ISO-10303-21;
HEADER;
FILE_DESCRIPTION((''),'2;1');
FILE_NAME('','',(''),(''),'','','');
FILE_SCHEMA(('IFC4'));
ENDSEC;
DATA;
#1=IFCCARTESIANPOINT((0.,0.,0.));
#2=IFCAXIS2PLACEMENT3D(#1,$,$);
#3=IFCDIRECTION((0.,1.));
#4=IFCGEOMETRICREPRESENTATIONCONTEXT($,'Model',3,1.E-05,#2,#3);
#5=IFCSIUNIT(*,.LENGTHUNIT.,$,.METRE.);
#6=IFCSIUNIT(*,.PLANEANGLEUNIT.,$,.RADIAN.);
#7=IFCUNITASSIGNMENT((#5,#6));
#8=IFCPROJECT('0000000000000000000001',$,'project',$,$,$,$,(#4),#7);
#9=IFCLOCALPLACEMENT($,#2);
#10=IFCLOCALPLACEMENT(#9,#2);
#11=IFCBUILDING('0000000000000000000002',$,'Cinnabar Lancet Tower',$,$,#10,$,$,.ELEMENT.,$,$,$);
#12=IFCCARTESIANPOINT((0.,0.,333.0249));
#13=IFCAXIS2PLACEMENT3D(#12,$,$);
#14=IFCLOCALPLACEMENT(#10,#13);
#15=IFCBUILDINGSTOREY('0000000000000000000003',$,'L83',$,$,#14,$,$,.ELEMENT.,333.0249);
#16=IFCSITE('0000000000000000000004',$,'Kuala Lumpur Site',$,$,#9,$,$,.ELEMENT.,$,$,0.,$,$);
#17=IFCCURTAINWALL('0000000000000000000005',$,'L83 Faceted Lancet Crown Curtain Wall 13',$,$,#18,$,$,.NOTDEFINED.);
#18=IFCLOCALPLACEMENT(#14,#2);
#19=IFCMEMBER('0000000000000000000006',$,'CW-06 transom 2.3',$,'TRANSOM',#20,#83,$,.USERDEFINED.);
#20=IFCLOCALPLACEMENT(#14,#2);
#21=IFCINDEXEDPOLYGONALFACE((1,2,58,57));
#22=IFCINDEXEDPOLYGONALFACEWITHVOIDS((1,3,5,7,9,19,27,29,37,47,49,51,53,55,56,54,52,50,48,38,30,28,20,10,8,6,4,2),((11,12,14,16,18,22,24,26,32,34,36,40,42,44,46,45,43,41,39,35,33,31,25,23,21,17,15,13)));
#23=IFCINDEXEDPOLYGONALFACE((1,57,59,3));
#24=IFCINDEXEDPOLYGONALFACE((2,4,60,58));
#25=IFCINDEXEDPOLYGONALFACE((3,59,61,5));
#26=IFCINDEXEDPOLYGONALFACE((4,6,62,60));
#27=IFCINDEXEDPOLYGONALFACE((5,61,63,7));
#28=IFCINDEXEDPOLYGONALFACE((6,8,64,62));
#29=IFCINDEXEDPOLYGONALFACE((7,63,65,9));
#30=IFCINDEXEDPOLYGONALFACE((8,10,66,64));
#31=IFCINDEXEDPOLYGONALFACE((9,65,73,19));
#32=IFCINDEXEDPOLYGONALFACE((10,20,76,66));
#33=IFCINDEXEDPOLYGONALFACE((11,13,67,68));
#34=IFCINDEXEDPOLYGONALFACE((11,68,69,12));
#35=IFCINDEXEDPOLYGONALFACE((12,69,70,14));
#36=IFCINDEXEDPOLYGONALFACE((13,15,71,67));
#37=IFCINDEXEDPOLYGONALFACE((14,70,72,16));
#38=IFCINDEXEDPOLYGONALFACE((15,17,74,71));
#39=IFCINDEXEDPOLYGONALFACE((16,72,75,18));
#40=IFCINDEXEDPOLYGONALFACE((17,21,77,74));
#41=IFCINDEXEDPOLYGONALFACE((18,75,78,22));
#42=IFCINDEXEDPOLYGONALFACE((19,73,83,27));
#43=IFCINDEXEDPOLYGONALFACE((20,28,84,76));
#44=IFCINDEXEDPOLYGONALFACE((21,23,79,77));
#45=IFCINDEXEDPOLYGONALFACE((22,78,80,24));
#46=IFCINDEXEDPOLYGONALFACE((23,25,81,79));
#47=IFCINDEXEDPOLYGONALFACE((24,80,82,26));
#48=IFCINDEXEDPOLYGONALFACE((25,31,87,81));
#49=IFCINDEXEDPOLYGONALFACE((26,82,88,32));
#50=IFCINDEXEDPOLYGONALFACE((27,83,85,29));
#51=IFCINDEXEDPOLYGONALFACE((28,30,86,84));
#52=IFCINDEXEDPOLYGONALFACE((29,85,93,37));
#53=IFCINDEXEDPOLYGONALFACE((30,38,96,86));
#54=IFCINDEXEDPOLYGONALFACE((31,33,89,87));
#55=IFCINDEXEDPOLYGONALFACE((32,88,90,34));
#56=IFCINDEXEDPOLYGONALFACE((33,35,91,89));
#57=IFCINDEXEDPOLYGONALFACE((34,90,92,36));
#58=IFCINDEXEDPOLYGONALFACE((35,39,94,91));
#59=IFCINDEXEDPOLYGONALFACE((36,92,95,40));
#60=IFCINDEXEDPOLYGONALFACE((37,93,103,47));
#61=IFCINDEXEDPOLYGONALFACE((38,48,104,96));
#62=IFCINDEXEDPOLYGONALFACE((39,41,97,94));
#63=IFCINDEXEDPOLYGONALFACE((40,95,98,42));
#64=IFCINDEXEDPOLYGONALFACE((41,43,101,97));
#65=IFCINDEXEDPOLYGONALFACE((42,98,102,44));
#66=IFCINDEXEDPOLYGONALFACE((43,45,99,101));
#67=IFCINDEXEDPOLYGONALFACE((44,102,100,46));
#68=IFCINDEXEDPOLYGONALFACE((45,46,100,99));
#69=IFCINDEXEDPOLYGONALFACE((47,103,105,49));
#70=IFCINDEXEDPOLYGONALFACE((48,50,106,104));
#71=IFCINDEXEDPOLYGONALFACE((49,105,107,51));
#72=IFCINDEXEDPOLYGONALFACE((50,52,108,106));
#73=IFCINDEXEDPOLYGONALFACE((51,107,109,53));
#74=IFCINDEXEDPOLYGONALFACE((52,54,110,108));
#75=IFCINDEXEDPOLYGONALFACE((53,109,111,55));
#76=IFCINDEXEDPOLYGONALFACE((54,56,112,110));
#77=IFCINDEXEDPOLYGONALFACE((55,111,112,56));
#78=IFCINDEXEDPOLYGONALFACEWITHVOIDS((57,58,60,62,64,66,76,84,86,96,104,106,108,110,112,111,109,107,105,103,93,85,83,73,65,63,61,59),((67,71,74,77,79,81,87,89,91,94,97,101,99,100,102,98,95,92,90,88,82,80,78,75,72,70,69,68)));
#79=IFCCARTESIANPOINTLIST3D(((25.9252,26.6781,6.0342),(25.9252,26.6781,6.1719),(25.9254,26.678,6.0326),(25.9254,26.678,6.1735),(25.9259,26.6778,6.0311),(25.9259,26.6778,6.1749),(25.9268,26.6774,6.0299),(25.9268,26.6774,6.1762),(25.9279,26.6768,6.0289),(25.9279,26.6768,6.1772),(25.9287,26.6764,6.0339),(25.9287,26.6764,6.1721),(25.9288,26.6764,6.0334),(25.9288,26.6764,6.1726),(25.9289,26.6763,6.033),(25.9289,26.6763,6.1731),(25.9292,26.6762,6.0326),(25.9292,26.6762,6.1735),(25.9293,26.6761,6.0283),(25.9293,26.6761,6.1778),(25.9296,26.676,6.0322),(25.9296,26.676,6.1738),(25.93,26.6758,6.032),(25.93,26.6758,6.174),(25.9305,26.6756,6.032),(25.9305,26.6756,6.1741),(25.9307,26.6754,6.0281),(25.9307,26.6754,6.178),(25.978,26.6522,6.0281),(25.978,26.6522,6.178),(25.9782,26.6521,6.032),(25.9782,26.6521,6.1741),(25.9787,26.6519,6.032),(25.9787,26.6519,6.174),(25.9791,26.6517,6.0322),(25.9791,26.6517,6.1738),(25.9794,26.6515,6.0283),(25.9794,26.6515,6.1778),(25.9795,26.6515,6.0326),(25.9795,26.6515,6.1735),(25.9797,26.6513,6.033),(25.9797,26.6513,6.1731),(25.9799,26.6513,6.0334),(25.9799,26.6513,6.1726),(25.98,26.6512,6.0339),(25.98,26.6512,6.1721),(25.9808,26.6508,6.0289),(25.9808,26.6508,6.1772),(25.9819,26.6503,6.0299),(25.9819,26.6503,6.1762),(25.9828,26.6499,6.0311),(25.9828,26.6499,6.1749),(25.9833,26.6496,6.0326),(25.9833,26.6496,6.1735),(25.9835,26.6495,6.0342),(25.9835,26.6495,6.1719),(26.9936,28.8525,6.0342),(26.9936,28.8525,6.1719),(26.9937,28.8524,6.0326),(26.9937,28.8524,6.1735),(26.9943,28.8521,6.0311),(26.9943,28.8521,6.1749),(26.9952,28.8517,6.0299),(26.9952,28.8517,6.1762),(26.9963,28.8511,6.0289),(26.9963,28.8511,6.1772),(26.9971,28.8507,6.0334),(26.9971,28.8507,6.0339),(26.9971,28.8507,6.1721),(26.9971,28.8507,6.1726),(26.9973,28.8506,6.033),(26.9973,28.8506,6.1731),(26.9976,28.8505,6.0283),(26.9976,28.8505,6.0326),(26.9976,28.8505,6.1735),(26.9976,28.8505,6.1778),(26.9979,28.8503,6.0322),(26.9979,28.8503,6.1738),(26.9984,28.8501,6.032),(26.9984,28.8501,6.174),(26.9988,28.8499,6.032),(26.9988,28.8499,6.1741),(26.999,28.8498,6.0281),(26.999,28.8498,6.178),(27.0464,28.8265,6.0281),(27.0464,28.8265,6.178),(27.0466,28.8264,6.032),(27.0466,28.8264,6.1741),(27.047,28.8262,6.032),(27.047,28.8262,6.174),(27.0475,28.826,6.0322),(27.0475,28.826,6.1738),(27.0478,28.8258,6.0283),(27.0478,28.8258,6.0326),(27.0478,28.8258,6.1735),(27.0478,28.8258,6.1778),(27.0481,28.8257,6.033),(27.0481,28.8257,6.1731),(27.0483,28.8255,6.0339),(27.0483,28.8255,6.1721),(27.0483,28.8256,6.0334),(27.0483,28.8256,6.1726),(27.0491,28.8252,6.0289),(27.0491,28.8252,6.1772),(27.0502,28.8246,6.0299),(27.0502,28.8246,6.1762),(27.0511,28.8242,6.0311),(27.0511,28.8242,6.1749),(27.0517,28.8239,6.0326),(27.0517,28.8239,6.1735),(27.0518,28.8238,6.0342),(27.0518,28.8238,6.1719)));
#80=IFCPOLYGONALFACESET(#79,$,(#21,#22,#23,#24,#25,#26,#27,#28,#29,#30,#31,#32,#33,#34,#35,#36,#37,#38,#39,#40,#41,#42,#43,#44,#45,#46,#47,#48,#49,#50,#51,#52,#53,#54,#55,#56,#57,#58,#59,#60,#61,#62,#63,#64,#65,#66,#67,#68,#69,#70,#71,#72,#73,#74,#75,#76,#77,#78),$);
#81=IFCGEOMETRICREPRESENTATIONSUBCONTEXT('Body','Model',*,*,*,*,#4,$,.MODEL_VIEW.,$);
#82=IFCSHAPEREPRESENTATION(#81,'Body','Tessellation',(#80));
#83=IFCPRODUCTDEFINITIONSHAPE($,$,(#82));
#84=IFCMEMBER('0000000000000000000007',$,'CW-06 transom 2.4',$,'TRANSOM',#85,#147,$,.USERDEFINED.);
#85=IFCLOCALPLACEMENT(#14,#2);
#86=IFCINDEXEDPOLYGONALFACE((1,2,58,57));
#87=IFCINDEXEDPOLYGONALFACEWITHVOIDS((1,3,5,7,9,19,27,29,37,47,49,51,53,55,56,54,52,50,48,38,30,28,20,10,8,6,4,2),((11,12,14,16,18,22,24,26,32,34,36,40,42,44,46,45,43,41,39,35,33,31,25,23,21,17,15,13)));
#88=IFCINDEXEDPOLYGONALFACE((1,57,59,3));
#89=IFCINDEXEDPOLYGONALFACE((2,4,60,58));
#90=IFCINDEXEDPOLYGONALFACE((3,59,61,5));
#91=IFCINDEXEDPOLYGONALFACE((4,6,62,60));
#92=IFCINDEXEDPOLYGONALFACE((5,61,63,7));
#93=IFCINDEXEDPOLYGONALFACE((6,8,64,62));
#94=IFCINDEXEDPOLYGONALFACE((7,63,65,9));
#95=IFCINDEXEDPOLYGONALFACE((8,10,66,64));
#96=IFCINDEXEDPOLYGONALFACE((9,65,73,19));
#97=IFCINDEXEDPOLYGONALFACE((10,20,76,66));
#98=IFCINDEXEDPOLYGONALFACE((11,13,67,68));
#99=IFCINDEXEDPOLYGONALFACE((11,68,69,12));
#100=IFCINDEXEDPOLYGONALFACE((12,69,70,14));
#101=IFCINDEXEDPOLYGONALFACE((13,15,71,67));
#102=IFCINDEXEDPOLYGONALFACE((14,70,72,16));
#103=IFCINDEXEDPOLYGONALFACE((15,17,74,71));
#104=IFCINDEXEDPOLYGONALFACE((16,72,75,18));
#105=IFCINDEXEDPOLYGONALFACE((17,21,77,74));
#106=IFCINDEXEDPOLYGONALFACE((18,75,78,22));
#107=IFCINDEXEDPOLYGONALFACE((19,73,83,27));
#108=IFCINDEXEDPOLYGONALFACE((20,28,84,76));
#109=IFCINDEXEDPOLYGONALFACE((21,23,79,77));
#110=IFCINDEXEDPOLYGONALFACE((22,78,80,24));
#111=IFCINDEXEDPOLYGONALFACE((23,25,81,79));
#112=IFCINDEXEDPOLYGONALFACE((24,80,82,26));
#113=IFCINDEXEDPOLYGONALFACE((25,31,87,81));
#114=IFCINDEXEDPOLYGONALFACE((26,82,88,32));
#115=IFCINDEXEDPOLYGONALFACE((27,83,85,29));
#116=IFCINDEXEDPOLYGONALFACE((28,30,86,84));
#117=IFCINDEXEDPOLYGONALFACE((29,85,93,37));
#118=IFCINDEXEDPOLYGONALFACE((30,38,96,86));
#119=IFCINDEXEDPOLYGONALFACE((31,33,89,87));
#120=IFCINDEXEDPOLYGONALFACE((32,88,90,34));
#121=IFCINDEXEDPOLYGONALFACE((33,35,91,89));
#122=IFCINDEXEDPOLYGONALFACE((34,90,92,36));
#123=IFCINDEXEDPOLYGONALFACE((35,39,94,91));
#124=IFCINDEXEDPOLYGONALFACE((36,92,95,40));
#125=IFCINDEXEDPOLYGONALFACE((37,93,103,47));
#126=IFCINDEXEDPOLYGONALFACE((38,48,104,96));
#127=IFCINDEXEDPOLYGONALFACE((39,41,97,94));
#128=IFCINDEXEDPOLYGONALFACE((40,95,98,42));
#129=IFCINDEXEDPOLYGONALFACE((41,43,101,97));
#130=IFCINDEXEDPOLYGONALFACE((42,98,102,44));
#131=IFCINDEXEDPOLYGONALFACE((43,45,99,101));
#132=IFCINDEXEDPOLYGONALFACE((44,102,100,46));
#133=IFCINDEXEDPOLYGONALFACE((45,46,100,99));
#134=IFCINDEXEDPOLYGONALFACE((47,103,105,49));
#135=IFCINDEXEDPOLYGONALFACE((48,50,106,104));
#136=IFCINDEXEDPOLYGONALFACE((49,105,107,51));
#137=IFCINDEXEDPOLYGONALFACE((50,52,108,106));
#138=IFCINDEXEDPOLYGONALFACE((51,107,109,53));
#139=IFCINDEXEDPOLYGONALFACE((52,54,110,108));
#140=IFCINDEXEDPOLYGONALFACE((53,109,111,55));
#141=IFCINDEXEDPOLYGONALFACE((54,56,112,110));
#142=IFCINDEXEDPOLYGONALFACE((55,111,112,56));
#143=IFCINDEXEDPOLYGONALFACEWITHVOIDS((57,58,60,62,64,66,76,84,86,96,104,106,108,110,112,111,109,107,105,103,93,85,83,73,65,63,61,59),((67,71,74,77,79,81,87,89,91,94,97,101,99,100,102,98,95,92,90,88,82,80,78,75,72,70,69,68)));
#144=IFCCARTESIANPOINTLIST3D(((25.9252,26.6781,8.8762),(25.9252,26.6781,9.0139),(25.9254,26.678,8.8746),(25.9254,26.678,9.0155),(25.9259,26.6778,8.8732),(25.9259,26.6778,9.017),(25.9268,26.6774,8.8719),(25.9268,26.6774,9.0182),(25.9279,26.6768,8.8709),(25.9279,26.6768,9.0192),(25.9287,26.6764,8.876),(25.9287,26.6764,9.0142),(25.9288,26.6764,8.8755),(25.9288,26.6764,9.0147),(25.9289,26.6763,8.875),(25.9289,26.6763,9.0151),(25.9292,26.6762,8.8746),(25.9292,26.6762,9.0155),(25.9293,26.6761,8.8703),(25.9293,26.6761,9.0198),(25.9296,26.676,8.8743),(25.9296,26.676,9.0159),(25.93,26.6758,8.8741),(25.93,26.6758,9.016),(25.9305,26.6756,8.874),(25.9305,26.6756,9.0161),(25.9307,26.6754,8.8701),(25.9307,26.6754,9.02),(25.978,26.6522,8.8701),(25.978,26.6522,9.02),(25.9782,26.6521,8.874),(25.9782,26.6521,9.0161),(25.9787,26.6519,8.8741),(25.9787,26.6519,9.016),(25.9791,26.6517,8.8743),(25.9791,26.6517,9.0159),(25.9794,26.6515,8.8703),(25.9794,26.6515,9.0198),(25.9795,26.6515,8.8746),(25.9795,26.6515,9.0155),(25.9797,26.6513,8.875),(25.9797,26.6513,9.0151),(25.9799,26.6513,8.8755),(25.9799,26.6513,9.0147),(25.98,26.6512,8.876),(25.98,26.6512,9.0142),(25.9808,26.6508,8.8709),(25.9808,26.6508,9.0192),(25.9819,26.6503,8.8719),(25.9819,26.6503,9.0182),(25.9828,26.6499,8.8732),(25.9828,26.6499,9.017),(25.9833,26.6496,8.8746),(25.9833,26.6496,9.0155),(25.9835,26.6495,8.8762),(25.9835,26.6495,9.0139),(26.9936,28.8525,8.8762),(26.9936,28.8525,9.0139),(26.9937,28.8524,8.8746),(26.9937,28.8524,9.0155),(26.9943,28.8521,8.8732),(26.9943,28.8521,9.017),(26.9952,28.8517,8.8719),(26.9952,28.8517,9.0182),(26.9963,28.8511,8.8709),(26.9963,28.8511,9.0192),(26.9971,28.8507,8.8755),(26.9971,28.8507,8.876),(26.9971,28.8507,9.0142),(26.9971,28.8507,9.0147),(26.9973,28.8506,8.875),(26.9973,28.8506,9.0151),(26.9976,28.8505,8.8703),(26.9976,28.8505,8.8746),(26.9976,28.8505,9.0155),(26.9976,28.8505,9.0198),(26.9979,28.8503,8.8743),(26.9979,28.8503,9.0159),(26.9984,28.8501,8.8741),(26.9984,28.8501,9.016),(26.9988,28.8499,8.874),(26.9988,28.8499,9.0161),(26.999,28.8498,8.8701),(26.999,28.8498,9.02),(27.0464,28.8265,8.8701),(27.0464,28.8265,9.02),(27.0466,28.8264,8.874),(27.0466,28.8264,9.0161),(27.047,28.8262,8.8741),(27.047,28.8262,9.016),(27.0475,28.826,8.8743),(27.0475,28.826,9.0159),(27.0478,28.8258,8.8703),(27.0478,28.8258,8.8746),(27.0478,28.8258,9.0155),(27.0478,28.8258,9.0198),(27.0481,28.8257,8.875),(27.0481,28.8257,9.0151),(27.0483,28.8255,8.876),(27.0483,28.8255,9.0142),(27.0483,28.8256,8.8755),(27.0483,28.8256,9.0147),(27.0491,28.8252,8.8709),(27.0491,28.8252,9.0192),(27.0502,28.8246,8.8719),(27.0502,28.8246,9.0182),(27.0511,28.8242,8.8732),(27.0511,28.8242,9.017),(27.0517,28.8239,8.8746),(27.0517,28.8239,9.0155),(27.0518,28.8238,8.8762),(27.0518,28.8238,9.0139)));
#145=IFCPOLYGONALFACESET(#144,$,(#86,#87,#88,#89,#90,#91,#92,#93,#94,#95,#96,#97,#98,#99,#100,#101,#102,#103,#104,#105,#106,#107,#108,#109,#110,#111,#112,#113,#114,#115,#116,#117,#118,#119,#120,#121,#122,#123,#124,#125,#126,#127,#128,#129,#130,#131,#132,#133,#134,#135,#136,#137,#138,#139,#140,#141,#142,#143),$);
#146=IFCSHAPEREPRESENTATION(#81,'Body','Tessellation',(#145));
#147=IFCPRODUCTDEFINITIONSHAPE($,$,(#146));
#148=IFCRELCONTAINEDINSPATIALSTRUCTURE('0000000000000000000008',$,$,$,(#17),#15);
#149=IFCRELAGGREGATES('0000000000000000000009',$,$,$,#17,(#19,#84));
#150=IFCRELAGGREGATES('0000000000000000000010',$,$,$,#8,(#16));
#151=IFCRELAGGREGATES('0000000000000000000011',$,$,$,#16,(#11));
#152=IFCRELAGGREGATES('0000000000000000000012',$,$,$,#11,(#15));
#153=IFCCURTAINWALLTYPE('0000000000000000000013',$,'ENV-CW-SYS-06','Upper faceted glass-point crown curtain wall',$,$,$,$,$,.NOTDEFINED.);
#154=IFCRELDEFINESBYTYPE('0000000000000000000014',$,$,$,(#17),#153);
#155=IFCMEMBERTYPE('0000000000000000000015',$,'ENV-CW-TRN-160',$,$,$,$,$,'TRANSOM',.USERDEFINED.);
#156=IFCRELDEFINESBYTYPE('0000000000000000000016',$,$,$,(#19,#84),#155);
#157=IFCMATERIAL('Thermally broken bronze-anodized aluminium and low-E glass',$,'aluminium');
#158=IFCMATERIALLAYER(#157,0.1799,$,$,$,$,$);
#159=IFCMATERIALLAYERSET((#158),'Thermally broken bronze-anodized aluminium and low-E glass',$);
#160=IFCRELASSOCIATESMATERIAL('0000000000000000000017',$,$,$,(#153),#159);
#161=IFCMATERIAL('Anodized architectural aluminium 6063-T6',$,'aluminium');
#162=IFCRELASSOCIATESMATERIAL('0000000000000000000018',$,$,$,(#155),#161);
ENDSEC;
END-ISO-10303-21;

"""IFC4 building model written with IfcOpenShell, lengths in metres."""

from ifc_helpers import new_model, si_unit, direction, frame, origin, origin_2d, place, context, subcontext, project, spatial, hollow_rectangle, extrude, material, layer, layer_set, material_profile, profile_set, type_object, element, aggregate, save


model = new_model("IFC4")

# Units and contexts
model_context = context("Model", 3, precision=1e-05, world=origin(), true_north=direction((0.0, 1.0)))
body_context = subcontext(model_context, "Body", "Model", "MODEL_VIEW")
ifc_project = project(units=[si_unit("LENGTHUNIT", "METRE"), si_unit("PLANEANGLEUNIT", "RADIAN")], contexts=[model_context])

# Site, building, storey
site_placement = place(None, origin())
site = spatial("IfcSite", under=ifc_project, at=site_placement, Name="Kuala Lumpur Site", CompositionType="ELEMENT", RefElevation=0.0)
building_placement = place(site_placement, origin())
building = spatial("IfcBuilding", under=site, at=building_placement, Name="Cinnabar Lancet Tower", CompositionType="ELEMENT")
storey_placement = place(building_placement, frame((0.0, 0.0, 333.0249)))
storey = spatial("IfcBuildingStorey", under=building, at=storey_placement, Name="L83", CompositionType="ELEMENT", Elevation=333.0249)

# Curtain wall
ifc_material_1 = material(Name="Thermally broken bronze-anodized aluminium and low-E glass", Category="aluminium")
ifc_layer_1 = layer(ifc_material_1, 0.1799)
ifc_layer_set_1 = layer_set([ifc_layer_1], Name="Thermally broken bronze-anodized aluminium and low-E glass")
curtain_wall_type = type_object("IfcCurtainWallType", Name="ENV-CW-SYS-06", Description="Upper faceted glass-point crown curtain wall", PredefinedType="NOTDEFINED", material=ifc_layer_set_1)
curtain_wall_1_placement = place(storey_placement, origin())
curtain_wall_1 = element("IfcCurtainWall", 1, at=curtain_wall_1_placement, inside=storey, type_object=curtain_wall_type, Name="L83 Faceted Lancet Crown Curtain Wall 13", PredefinedType="NOTDEFINED")

# Members
ifc_material_2 = material(Name="Anodized architectural aluminium 6063-T6", Category="aluminium")
ifc_material_profile_1 = material_profile(ifc_material_2, hollow_rectangle(XDim=0.0649, YDim=0.1499, WallThickness=0.0039, InnerFilletRadius=0.002, OuterFilletRadius=0.0061, at=origin_2d()), Name="CW-TRN 150x65x4")
ifc_profile_set_1 = profile_set([ifc_material_profile_1], Name="Anodized architectural aluminium 6063-T6")
member_type_1 = type_object("IfcMemberType", Name="ENV-CW-TRN-160", ElementType="TRANSOM", PredefinedType="USERDEFINED", material=ifc_profile_set_1)
member_1_placement = place(storey_placement, frame((27.0227, 28.8381, 6.103), z_axis=(-0.440995, -0.89751, 0.0), x_axis=(0.89751, -0.440995, 0.0)))
member_1 = element("IfcMember", 2, at=member_1_placement, type_object=member_type_1, Name="CW-06 transom 2.3", ObjectType="TRANSOM", PredefinedType="USERDEFINED", context=body_context, shape_type="SweptSolid", body=[
    extrude(hollow_rectangle(XDim=0.0649, YDim=0.1499, WallThickness=0.0039, InnerFilletRadius=0.002, OuterFilletRadius=0.0061, at=origin_2d()), origin(), (0.0, 0.0, 1.0), 2.4226),
])
member_2_placement = place(storey_placement, frame((27.0227, 28.8381, 8.9451), z_axis=(-0.440995, -0.89751, 0.0), x_axis=(0.89751, -0.440995, 0.0)))
member_2 = element("IfcMember", 3, at=member_2_placement, type_object=member_type_1, Name="CW-06 transom 2.4", ObjectType="TRANSOM", PredefinedType="USERDEFINED", context=body_context, shape_type="SweptSolid", body=[
    extrude(hollow_rectangle(XDim=0.0649, YDim=0.1499, WallThickness=0.0039, InnerFilletRadius=0.002, OuterFilletRadius=0.0061, at=origin_2d()), origin(), (0.0, 0.0, 1.0), 2.4226),
])

aggregate(curtain_wall_1, [member_1, member_2])

save(model, "model.ifc")
